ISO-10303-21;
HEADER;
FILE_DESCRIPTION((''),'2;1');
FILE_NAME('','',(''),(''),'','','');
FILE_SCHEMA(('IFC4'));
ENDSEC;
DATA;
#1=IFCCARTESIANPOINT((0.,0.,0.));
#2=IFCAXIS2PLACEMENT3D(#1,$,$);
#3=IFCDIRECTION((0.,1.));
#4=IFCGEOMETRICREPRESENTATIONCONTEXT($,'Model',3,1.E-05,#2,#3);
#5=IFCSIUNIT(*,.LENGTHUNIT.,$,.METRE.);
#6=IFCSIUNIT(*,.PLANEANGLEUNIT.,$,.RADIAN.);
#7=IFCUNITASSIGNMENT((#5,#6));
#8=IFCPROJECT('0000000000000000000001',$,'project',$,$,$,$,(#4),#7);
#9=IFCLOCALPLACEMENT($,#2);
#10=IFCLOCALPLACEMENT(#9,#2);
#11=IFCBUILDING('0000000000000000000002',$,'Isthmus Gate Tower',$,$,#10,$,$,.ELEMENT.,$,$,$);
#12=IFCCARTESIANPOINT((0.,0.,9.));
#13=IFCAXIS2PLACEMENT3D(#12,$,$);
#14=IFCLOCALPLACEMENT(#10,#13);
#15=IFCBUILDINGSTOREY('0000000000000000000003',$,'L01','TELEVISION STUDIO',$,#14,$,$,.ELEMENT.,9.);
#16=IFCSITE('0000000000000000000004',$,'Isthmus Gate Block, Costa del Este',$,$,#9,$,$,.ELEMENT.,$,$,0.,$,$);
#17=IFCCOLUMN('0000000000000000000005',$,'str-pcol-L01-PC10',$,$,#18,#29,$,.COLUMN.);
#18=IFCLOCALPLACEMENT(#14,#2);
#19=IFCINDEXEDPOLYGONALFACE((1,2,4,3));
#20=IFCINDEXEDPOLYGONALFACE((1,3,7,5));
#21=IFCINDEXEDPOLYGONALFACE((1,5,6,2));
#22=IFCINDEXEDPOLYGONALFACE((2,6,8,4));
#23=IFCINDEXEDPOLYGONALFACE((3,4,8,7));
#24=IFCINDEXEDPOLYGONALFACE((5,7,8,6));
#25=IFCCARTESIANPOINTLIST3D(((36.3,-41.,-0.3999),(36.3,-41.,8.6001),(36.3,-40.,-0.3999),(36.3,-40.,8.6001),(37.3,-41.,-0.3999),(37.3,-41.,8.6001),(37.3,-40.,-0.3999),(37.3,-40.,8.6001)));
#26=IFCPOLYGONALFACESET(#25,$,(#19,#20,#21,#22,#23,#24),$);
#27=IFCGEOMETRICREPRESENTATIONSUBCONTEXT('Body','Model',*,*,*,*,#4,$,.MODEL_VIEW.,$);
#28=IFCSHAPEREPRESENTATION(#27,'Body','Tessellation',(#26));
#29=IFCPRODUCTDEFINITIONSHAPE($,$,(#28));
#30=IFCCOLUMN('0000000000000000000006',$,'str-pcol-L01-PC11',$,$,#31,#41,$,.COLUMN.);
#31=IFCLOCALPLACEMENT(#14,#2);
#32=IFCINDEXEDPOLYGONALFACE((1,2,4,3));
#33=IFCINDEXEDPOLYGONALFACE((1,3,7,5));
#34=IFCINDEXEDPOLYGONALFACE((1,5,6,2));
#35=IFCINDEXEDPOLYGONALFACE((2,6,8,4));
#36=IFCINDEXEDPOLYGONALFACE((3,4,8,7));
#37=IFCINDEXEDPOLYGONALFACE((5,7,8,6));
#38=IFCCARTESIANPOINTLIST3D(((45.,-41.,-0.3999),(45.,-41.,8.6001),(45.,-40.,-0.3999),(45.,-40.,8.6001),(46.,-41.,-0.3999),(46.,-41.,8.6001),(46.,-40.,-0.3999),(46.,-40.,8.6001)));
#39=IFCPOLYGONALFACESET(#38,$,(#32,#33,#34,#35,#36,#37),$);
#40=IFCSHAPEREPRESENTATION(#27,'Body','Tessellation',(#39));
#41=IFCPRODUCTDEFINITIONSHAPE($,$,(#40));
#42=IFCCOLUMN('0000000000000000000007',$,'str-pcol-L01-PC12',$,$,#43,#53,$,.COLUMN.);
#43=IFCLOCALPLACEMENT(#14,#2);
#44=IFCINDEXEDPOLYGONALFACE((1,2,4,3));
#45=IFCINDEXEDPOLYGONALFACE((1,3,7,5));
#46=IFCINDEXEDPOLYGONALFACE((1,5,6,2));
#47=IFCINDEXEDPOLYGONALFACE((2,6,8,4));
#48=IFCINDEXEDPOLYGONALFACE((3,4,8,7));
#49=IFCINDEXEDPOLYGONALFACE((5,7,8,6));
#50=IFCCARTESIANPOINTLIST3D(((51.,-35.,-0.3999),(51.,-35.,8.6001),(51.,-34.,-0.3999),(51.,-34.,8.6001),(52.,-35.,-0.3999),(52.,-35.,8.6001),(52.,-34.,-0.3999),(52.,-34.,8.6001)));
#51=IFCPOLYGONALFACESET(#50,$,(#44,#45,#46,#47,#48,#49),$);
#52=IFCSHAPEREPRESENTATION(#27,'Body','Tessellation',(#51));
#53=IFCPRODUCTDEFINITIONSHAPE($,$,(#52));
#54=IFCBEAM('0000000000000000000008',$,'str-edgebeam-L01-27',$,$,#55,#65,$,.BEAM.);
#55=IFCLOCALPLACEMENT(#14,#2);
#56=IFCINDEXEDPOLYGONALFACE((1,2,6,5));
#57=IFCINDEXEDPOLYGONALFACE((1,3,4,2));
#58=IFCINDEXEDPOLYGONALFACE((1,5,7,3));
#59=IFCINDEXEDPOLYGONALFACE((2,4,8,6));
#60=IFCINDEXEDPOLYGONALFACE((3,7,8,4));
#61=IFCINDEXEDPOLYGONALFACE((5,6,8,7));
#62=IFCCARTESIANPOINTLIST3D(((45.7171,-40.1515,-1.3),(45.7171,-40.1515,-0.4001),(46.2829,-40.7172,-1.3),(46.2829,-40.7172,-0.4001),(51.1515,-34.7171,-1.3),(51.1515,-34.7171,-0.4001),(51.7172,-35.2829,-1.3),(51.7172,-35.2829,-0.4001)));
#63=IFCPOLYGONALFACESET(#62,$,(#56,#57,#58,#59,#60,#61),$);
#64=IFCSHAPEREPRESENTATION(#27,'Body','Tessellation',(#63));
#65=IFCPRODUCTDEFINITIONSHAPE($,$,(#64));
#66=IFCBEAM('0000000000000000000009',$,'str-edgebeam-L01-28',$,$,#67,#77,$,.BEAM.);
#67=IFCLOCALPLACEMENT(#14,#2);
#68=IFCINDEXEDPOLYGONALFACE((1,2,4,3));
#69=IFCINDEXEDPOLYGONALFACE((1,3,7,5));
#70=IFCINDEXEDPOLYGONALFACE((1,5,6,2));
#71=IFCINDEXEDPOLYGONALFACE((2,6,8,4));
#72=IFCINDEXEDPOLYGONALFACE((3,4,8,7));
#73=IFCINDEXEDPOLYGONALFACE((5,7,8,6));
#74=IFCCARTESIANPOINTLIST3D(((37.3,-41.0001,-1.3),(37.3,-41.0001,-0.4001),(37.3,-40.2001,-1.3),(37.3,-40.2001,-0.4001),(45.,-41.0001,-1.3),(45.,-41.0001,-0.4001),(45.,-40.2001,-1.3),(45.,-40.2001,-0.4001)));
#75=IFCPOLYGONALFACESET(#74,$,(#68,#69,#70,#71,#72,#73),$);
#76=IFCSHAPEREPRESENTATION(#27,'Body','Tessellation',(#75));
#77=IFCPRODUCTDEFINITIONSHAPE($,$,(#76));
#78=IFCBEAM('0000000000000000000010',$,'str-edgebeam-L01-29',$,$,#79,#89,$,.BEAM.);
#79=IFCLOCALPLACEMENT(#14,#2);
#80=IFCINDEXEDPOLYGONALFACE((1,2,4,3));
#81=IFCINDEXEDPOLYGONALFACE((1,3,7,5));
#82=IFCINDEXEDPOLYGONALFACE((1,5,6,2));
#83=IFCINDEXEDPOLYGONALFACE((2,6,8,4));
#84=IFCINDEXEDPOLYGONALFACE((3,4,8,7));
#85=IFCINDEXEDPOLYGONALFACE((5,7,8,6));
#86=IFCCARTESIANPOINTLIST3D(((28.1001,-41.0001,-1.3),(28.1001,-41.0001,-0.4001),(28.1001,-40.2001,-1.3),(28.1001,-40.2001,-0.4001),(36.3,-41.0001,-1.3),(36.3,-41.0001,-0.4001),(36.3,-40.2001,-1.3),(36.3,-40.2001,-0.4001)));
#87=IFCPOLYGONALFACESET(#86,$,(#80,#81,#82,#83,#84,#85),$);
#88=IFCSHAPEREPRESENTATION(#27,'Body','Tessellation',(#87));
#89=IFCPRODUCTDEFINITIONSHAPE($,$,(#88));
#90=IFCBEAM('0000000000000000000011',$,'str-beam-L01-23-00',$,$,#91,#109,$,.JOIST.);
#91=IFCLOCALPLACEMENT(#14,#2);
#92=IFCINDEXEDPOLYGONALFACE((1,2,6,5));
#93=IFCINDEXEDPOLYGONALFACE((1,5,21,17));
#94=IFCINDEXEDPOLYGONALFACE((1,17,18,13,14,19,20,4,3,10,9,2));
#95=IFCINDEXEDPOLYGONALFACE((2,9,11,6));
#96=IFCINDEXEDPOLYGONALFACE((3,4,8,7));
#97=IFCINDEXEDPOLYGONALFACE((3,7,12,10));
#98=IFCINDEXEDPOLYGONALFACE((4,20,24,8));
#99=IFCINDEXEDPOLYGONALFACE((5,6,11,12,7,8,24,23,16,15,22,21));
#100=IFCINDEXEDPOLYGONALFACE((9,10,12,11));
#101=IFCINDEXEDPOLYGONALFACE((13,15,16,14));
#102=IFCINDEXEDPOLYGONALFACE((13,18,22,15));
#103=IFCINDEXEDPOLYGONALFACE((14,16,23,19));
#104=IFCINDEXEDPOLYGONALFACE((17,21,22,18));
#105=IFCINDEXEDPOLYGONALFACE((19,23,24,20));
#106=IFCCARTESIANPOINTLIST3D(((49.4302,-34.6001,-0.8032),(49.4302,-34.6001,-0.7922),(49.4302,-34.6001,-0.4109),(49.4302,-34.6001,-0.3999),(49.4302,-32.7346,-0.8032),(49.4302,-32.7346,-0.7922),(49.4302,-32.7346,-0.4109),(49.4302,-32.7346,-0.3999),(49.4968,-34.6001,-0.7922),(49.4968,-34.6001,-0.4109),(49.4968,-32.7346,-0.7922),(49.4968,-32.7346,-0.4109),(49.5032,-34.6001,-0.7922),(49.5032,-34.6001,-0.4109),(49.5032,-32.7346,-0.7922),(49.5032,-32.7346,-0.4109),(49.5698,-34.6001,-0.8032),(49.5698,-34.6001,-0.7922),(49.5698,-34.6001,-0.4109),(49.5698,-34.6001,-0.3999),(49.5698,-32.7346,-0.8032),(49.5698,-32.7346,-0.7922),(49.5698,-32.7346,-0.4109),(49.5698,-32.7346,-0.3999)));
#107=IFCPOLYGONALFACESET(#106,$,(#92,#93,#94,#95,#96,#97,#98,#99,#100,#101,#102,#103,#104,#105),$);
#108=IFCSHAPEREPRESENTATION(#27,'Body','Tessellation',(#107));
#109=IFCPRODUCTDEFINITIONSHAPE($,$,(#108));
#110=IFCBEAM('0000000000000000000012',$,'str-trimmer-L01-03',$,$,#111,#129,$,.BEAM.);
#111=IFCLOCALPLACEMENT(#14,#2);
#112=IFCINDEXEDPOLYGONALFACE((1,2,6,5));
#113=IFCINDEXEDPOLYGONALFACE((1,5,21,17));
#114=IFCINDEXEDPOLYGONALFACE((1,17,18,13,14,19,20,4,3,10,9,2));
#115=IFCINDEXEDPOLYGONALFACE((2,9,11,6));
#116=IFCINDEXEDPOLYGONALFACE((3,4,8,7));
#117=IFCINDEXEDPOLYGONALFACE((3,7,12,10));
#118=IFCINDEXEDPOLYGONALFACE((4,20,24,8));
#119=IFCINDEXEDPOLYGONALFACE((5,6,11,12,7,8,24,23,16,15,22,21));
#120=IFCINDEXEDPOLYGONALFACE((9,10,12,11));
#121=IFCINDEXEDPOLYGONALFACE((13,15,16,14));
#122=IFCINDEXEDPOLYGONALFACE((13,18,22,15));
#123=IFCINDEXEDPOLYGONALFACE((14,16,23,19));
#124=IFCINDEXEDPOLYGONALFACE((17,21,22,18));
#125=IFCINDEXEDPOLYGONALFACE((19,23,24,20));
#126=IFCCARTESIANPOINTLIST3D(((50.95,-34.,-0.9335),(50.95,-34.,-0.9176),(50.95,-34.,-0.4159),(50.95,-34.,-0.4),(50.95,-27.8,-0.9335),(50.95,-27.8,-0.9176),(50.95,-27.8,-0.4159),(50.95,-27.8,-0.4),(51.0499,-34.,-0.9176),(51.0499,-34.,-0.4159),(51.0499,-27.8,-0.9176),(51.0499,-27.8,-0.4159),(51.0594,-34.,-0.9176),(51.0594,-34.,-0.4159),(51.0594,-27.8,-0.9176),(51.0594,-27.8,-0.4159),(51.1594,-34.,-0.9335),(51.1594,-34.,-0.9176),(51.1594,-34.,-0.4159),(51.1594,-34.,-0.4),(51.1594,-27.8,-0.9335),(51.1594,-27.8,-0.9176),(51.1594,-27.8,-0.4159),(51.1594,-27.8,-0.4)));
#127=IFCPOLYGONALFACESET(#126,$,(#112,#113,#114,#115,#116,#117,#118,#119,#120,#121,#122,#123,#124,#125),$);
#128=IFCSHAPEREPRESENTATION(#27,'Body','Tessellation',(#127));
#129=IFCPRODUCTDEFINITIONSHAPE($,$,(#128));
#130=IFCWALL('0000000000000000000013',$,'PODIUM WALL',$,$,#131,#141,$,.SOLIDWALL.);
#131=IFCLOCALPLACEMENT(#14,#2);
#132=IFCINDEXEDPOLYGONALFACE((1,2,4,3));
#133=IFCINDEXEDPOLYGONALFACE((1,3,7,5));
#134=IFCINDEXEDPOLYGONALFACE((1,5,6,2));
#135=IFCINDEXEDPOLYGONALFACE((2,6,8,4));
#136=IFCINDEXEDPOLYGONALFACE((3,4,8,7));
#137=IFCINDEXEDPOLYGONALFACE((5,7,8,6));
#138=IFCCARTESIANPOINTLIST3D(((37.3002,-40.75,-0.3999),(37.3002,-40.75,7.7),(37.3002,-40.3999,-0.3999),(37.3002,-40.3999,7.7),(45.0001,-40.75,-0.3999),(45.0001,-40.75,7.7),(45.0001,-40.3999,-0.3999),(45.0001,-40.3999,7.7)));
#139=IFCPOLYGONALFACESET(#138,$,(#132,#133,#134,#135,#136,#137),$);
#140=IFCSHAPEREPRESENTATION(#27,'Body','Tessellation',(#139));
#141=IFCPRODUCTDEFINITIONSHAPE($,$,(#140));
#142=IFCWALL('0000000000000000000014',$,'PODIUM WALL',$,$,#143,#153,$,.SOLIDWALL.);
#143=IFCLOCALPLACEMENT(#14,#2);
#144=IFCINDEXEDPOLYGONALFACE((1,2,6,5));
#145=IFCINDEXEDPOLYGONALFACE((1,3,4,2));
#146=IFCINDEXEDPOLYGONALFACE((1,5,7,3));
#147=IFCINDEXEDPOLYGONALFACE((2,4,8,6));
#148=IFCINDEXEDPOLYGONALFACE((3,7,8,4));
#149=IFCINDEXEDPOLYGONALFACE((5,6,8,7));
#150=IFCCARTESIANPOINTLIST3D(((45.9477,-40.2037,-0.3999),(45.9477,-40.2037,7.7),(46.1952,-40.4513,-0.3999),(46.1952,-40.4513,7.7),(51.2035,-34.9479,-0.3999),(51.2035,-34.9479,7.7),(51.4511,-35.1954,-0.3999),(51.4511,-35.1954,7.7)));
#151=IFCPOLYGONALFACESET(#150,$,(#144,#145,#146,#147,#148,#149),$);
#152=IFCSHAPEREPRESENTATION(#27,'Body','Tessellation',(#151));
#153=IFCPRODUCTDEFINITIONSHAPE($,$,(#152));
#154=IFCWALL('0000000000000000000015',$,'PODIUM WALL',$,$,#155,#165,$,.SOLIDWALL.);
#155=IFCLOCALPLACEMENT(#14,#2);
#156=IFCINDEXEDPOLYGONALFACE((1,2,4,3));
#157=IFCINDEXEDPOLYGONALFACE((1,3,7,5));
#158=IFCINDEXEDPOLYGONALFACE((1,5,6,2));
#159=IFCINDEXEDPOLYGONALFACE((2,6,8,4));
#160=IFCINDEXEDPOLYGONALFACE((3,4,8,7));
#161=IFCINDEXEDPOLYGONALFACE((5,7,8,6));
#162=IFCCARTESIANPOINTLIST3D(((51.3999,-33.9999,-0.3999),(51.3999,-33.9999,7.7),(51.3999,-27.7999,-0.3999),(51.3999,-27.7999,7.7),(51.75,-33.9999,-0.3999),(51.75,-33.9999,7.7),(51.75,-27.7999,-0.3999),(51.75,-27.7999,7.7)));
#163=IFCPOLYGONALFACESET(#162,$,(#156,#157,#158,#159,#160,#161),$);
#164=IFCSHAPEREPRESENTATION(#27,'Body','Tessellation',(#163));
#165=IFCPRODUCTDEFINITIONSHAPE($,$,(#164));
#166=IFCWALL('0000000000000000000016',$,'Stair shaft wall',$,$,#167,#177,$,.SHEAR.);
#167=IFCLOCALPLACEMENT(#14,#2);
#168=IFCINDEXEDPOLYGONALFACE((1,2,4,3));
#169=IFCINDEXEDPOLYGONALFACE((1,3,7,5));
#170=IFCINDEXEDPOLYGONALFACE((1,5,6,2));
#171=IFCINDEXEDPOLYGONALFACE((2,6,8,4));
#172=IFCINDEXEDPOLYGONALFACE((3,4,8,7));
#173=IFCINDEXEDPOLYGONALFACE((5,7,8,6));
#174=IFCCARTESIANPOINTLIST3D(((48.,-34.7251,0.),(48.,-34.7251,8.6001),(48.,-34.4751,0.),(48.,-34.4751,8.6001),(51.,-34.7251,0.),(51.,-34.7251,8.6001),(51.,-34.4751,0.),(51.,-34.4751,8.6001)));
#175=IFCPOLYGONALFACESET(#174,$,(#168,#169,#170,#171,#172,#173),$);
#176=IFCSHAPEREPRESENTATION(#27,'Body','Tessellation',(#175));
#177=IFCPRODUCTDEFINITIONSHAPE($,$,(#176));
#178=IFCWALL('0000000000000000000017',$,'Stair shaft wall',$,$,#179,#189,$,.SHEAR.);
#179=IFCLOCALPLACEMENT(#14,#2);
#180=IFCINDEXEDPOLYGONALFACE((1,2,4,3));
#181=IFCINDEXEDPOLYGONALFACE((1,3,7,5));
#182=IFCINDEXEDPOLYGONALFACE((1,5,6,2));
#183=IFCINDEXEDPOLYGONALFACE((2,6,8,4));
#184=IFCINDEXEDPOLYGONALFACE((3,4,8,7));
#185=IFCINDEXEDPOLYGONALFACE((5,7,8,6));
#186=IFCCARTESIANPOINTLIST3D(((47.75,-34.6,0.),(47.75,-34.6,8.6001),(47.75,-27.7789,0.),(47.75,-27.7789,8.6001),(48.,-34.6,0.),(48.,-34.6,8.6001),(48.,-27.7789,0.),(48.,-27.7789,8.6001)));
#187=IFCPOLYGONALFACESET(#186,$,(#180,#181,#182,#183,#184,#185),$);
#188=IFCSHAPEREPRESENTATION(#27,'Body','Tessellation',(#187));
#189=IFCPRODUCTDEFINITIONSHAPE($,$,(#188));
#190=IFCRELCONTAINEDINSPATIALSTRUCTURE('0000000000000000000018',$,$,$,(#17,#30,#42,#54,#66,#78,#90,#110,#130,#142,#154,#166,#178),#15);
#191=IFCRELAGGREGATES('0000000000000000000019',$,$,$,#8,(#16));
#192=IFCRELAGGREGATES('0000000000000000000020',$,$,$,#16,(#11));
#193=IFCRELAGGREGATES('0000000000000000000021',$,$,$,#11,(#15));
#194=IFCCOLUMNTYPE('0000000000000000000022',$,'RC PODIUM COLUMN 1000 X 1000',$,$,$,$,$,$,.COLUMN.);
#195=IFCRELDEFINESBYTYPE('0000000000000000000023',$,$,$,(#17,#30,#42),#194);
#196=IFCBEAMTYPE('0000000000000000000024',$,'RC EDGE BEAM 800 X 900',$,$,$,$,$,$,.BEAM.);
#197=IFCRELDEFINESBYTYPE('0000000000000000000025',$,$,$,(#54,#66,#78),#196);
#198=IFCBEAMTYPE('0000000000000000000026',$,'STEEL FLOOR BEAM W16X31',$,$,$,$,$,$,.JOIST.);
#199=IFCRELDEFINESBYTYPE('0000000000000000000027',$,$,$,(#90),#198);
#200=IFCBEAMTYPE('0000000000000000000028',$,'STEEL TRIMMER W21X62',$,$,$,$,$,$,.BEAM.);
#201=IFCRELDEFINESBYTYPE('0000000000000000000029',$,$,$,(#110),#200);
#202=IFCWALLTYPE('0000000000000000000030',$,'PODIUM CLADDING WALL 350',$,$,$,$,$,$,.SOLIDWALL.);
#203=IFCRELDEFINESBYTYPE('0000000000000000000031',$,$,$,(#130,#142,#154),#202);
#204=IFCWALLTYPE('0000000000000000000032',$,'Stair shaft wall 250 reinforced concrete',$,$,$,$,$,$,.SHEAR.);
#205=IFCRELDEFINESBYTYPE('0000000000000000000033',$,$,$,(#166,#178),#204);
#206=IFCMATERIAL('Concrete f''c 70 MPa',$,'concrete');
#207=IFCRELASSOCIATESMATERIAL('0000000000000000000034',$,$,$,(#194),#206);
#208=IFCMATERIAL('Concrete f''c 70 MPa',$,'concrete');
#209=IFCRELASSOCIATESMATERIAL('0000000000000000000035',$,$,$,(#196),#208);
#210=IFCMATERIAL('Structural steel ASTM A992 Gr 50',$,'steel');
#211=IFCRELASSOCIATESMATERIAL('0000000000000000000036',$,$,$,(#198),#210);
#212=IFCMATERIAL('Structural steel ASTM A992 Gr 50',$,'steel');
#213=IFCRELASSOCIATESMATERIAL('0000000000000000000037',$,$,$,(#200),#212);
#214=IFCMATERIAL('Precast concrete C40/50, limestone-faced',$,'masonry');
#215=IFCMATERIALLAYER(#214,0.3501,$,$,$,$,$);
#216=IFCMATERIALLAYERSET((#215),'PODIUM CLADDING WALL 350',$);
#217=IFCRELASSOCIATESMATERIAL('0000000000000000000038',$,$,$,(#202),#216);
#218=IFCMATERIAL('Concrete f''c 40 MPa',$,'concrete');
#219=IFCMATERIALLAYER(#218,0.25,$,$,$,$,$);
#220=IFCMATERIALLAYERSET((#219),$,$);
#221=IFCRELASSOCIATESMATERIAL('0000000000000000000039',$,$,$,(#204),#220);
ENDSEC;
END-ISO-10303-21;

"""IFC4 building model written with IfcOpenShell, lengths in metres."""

from ifc_helpers import new_model, si_unit, direction, frame, frame_2d, origin, origin_2d, place, context, subcontext, project, spatial, rectangle, i_section, extrude, material, layer, layer_set, material_profile, profile_set, type_object, element, save


model = new_model("IFC4")

# Units and contexts
model_context = context("Model", 3, precision=1e-05, world=origin(), true_north=direction((0.0, 1.0)))
body_context = subcontext(model_context, "Body", "Model", "MODEL_VIEW")
ifc_project = project(units=[si_unit("LENGTHUNIT", "METRE"), si_unit("PLANEANGLEUNIT", "RADIAN")], contexts=[model_context])

# Site, building, storey
site_placement = place(None, origin())
site = spatial("IfcSite", under=ifc_project, at=site_placement, Name="Isthmus Gate Block, Costa del Este", CompositionType="ELEMENT", RefElevation=0.0)
building_placement = place(site_placement, origin())
building = spatial("IfcBuilding", under=site, at=building_placement, Name="Isthmus Gate Tower", CompositionType="ELEMENT")
storey_placement = place(building_placement, frame((0.0, 0.0, 9.0)))
storey = spatial("IfcBuildingStorey", under=building, at=storey_placement, Name="L01", Description="TELEVISION STUDIO", CompositionType="ELEMENT", Elevation=9.0)

# Columns
ifc_material_1 = material(Name="Concrete f'c 70 MPa", Category="concrete")
ifc_material_profile_1 = material_profile(ifc_material_1, rectangle(XDim=1.0, YDim=1.0, at=origin_2d()), Name="RC 1000X1000")
ifc_profile_set_1 = profile_set([ifc_material_profile_1], Name="Concrete f'c 70 MPa")
column_type = type_object("IfcColumnType", Name="RC PODIUM COLUMN 1000 X 1000", PredefinedType="COLUMN", material=ifc_profile_set_1)
for number, where, z_axis, x_axis, name in (
    (1, (36.8, -40.5, -0.3999), (0.0, 0.0, 1.0), (1.0, 0.0, 0.0), "str-pcol-L01-PC10"),
    (2, (45.5, -40.5, -0.3999), (0.0, 0.0, 1.0), (1.0, 0.0, 0.0), "str-pcol-L01-PC11"),
    (3, (51.5, -34.5, -0.3999), (0.0, 0.0, 1.0), (0.0, 1.0, 0.0), "str-pcol-L01-PC12"),
):
    element("IfcColumn", number, at=place(storey_placement, frame(where, z_axis=z_axis, x_axis=x_axis)), inside=storey, type_object=column_type, Name=name, PredefinedType="COLUMN", context=body_context, shape_type="SweptSolid", body=[
        extrude(rectangle(XDim=1.0, YDim=1.0, at=origin_2d()), origin(), (0.0, 0.0, 1.0), 9.0),
    ])

# Beams
ifc_material_2 = material(Name="Concrete f'c 70 MPa", Category="concrete")
ifc_material_profile_2 = material_profile(ifc_material_2, rectangle(XDim=0.8, YDim=0.8999, at=origin_2d()), Name="RC 800X900")
ifc_profile_set_2 = profile_set([ifc_material_profile_2], Name="Concrete f'c 70 MPa")
beam_type_1 = type_object("IfcBeamType", Name="RC EDGE BEAM 800 X 900", PredefinedType="BEAM", material=ifc_profile_set_2)
beam_1_placement = place(storey_placement, frame((51.4343, -35.0, -0.8501), z_axis=(-0.707107, -0.707107, 0.0), x_axis=(0.707107, -0.707107, 0.0)))
element("IfcBeam", 4, at=beam_1_placement, inside=storey, type_object=beam_type_1, Name="str-edgebeam-L01-27", PredefinedType="BEAM", context=body_context, shape_type="SweptSolid", body=[
    extrude(rectangle(XDim=0.8, YDim=0.8999, at=origin_2d()), origin(), (0.0, 0.0, 1.0), 7.6853),
])
beam_2_placement = place(storey_placement, frame((45.0, -40.6001, -0.8501), z_axis=(-1.0, 0.0, 0.0), x_axis=(0.0, -1.0, 0.0)))
element("IfcBeam", 5, at=beam_2_placement, inside=storey, type_object=beam_type_1, Name="str-edgebeam-L01-28", PredefinedType="BEAM", context=body_context, shape_type="SweptSolid", body=[
    extrude(rectangle(XDim=0.8, YDim=0.8999, at=origin_2d()), origin(), (0.0, 0.0, 1.0), 7.7),
])
beam_3_placement = place(storey_placement, frame((36.3, -40.6001, -0.8501), z_axis=(-1.0, 0.0, 0.0), x_axis=(0.0, -1.0, 0.0)))
element("IfcBeam", 6, at=beam_3_placement, inside=storey, type_object=beam_type_1, Name="str-edgebeam-L01-29", PredefinedType="BEAM", context=body_context, shape_type="SweptSolid", body=[
    extrude(rectangle(XDim=0.8, YDim=0.8999, at=origin_2d()), origin(), (0.0, 0.0, 1.0), 8.2),
])
ifc_material_3 = material(Name="Structural steel ASTM A992 Gr 50", Category="steel")
ifc_material_profile_3 = material_profile(ifc_material_3, i_section(OverallWidth=0.1396, OverallDepth=0.4033, WebThickness=0.0063, FlangeThickness=0.011, at=origin_2d()), Name="W16X31")
ifc_profile_set_3 = profile_set([ifc_material_profile_3], Name="Structural steel ASTM A992 Gr 50")
beam_type_2 = type_object("IfcBeamType", Name="STEEL FLOOR BEAM W16X31", PredefinedType="JOIST", material=ifc_profile_set_3)
beam_4_placement = place(storey_placement, frame((49.5, -34.6001, -0.6016), z_axis=(0.0, 1.0, 0.0), x_axis=(-1.0, 0.0, 0.0)))
element("IfcBeam", 7, at=beam_4_placement, inside=storey, type_object=beam_type_2, Name="str-beam-L01-23-00", PredefinedType="JOIST", context=body_context, shape_type="SweptSolid", body=[
    extrude(i_section(OverallWidth=0.1396, OverallDepth=0.4033, WebThickness=0.0063, FlangeThickness=0.011, at=origin_2d()), origin(), (0.0, 0.0, 1.0), 1.8655),
])
ifc_material_4 = material(Name="Structural steel ASTM A992 Gr 50", Category="steel")
ifc_material_profile_4 = material_profile(ifc_material_4, i_section(OverallWidth=0.2095, OverallDepth=0.5334, WebThickness=0.0095, FlangeThickness=0.0159, at=origin_2d()), Name="W21X62")
ifc_profile_set_4 = profile_set([ifc_material_profile_4], Name="Structural steel ASTM A992 Gr 50")
beam_type_3 = type_object("IfcBeamType", Name="STEEL TRIMMER W21X62", PredefinedType="BEAM", material=ifc_profile_set_4)
beam_5_placement = place(storey_placement, frame((51.0547, -34.0, -0.6667), z_axis=(0.0, 1.0, 0.0), x_axis=(-1.0, 0.0, 0.0)))
element("IfcBeam", 8, at=beam_5_placement, inside=storey, type_object=beam_type_3, Name="str-trimmer-L01-03", PredefinedType="BEAM", context=body_context, shape_type="SweptSolid", body=[
    extrude(i_section(OverallWidth=0.2095, OverallDepth=0.5334, WebThickness=0.0095, FlangeThickness=0.0159, at=origin_2d()), origin(), (0.0, 0.0, 1.0), 6.2),
])

# Walls
ifc_material_5 = material(Name="Precast concrete C40/50, limestone-faced", Category="masonry")
ifc_layer_1 = layer(ifc_material_5, 0.3501)
ifc_layer_set_1 = layer_set([ifc_layer_1], Name="PODIUM CLADDING WALL 350")
wall_type_1 = type_object("IfcWallType", Name="PODIUM CLADDING WALL 350", PredefinedType="SOLIDWALL", material=ifc_layer_set_1)
wall_1_placement = place(storey_placement, frame((37.3, -40.575, -0.3999), z_axis=(0.0, 0.0, 1.0), x_axis=(1.0, 0.0, 0.0)))
element("IfcWall", 9, at=wall_1_placement, inside=storey, type_object=wall_type_1, Name="PODIUM WALL", PredefinedType="SOLIDWALL", context=body_context, shape_type="SweptSolid", body=[
    extrude(rectangle(XDim=7.7, YDim=0.3501, at=frame_2d((3.8501, 0.0))), origin(), (0.0, 0.0, 1.0), 8.0999),
])
wall_2_placement = place(storey_placement, frame((46.0715, -40.3274, -0.3999), z_axis=(0.0, 0.0, 1.0), x_axis=(0.707107, 0.707107, 0.0)))
element("IfcWall", 10, at=wall_2_placement, inside=storey, type_object=wall_type_1, Name="PODIUM WALL", PredefinedType="SOLIDWALL", context=body_context, shape_type="SweptSolid", body=[
    extrude(rectangle(XDim=7.4329, YDim=0.3501, at=frame_2d((3.7163, 0.0))), origin(), (0.0, 0.0, 1.0), 8.0999),
])
wall_3_placement = place(storey_placement, frame((51.575, -34.0, -0.3999), z_axis=(0.0, 0.0, 1.0), x_axis=(0.0, 1.0, 0.0)))
element("IfcWall", 11, at=wall_3_placement, inside=storey, type_object=wall_type_1, Name="PODIUM WALL", PredefinedType="SOLIDWALL", context=body_context, shape_type="SweptSolid", body=[
    extrude(rectangle(XDim=6.2, YDim=0.3501, at=frame_2d((3.1001, 0.0))), origin(), (0.0, 0.0, 1.0), 8.0999),
])
ifc_material_6 = material(Name="Concrete f'c 40 MPa", Category="concrete")
ifc_layer_2 = layer(ifc_material_6, 0.25)
ifc_layer_set_2 = layer_set([ifc_layer_2])
wall_type_2 = type_object("IfcWallType", Name="Stair shaft wall 250 reinforced concrete", PredefinedType="SHEAR", material=ifc_layer_set_2)
wall_4_placement = place(storey_placement, frame((48.0, -34.6001, 0.0), z_axis=(0.0, 0.0, 1.0), x_axis=(1.0, 0.0, 0.0)))
element("IfcWall", 12, at=wall_4_placement, inside=storey, type_object=wall_type_2, Name="Stair shaft wall", PredefinedType="SHEAR", context=body_context, shape_type="SweptSolid", body=[
    extrude(rectangle(XDim=3.0, YDim=0.25, at=frame_2d((1.5, 0.0))), origin(), (0.0, 0.0, 1.0), 8.6001),
])
wall_5_placement = place(storey_placement, frame((47.875, -34.6001, 0.0), z_axis=(0.0, 0.0, 1.0), x_axis=(0.0, 1.0, 0.0)))
element("IfcWall", 13, at=wall_5_placement, inside=storey, type_object=wall_type_2, Name="Stair shaft wall", PredefinedType="SHEAR", context=body_context, shape_type="SweptSolid", body=[
    extrude(rectangle(XDim=6.821, YDim=0.25, at=frame_2d((3.4106, 0.0))), origin(), (0.0, 0.0, 1.0), 8.6001),
])

save(model, "model.ifc")
